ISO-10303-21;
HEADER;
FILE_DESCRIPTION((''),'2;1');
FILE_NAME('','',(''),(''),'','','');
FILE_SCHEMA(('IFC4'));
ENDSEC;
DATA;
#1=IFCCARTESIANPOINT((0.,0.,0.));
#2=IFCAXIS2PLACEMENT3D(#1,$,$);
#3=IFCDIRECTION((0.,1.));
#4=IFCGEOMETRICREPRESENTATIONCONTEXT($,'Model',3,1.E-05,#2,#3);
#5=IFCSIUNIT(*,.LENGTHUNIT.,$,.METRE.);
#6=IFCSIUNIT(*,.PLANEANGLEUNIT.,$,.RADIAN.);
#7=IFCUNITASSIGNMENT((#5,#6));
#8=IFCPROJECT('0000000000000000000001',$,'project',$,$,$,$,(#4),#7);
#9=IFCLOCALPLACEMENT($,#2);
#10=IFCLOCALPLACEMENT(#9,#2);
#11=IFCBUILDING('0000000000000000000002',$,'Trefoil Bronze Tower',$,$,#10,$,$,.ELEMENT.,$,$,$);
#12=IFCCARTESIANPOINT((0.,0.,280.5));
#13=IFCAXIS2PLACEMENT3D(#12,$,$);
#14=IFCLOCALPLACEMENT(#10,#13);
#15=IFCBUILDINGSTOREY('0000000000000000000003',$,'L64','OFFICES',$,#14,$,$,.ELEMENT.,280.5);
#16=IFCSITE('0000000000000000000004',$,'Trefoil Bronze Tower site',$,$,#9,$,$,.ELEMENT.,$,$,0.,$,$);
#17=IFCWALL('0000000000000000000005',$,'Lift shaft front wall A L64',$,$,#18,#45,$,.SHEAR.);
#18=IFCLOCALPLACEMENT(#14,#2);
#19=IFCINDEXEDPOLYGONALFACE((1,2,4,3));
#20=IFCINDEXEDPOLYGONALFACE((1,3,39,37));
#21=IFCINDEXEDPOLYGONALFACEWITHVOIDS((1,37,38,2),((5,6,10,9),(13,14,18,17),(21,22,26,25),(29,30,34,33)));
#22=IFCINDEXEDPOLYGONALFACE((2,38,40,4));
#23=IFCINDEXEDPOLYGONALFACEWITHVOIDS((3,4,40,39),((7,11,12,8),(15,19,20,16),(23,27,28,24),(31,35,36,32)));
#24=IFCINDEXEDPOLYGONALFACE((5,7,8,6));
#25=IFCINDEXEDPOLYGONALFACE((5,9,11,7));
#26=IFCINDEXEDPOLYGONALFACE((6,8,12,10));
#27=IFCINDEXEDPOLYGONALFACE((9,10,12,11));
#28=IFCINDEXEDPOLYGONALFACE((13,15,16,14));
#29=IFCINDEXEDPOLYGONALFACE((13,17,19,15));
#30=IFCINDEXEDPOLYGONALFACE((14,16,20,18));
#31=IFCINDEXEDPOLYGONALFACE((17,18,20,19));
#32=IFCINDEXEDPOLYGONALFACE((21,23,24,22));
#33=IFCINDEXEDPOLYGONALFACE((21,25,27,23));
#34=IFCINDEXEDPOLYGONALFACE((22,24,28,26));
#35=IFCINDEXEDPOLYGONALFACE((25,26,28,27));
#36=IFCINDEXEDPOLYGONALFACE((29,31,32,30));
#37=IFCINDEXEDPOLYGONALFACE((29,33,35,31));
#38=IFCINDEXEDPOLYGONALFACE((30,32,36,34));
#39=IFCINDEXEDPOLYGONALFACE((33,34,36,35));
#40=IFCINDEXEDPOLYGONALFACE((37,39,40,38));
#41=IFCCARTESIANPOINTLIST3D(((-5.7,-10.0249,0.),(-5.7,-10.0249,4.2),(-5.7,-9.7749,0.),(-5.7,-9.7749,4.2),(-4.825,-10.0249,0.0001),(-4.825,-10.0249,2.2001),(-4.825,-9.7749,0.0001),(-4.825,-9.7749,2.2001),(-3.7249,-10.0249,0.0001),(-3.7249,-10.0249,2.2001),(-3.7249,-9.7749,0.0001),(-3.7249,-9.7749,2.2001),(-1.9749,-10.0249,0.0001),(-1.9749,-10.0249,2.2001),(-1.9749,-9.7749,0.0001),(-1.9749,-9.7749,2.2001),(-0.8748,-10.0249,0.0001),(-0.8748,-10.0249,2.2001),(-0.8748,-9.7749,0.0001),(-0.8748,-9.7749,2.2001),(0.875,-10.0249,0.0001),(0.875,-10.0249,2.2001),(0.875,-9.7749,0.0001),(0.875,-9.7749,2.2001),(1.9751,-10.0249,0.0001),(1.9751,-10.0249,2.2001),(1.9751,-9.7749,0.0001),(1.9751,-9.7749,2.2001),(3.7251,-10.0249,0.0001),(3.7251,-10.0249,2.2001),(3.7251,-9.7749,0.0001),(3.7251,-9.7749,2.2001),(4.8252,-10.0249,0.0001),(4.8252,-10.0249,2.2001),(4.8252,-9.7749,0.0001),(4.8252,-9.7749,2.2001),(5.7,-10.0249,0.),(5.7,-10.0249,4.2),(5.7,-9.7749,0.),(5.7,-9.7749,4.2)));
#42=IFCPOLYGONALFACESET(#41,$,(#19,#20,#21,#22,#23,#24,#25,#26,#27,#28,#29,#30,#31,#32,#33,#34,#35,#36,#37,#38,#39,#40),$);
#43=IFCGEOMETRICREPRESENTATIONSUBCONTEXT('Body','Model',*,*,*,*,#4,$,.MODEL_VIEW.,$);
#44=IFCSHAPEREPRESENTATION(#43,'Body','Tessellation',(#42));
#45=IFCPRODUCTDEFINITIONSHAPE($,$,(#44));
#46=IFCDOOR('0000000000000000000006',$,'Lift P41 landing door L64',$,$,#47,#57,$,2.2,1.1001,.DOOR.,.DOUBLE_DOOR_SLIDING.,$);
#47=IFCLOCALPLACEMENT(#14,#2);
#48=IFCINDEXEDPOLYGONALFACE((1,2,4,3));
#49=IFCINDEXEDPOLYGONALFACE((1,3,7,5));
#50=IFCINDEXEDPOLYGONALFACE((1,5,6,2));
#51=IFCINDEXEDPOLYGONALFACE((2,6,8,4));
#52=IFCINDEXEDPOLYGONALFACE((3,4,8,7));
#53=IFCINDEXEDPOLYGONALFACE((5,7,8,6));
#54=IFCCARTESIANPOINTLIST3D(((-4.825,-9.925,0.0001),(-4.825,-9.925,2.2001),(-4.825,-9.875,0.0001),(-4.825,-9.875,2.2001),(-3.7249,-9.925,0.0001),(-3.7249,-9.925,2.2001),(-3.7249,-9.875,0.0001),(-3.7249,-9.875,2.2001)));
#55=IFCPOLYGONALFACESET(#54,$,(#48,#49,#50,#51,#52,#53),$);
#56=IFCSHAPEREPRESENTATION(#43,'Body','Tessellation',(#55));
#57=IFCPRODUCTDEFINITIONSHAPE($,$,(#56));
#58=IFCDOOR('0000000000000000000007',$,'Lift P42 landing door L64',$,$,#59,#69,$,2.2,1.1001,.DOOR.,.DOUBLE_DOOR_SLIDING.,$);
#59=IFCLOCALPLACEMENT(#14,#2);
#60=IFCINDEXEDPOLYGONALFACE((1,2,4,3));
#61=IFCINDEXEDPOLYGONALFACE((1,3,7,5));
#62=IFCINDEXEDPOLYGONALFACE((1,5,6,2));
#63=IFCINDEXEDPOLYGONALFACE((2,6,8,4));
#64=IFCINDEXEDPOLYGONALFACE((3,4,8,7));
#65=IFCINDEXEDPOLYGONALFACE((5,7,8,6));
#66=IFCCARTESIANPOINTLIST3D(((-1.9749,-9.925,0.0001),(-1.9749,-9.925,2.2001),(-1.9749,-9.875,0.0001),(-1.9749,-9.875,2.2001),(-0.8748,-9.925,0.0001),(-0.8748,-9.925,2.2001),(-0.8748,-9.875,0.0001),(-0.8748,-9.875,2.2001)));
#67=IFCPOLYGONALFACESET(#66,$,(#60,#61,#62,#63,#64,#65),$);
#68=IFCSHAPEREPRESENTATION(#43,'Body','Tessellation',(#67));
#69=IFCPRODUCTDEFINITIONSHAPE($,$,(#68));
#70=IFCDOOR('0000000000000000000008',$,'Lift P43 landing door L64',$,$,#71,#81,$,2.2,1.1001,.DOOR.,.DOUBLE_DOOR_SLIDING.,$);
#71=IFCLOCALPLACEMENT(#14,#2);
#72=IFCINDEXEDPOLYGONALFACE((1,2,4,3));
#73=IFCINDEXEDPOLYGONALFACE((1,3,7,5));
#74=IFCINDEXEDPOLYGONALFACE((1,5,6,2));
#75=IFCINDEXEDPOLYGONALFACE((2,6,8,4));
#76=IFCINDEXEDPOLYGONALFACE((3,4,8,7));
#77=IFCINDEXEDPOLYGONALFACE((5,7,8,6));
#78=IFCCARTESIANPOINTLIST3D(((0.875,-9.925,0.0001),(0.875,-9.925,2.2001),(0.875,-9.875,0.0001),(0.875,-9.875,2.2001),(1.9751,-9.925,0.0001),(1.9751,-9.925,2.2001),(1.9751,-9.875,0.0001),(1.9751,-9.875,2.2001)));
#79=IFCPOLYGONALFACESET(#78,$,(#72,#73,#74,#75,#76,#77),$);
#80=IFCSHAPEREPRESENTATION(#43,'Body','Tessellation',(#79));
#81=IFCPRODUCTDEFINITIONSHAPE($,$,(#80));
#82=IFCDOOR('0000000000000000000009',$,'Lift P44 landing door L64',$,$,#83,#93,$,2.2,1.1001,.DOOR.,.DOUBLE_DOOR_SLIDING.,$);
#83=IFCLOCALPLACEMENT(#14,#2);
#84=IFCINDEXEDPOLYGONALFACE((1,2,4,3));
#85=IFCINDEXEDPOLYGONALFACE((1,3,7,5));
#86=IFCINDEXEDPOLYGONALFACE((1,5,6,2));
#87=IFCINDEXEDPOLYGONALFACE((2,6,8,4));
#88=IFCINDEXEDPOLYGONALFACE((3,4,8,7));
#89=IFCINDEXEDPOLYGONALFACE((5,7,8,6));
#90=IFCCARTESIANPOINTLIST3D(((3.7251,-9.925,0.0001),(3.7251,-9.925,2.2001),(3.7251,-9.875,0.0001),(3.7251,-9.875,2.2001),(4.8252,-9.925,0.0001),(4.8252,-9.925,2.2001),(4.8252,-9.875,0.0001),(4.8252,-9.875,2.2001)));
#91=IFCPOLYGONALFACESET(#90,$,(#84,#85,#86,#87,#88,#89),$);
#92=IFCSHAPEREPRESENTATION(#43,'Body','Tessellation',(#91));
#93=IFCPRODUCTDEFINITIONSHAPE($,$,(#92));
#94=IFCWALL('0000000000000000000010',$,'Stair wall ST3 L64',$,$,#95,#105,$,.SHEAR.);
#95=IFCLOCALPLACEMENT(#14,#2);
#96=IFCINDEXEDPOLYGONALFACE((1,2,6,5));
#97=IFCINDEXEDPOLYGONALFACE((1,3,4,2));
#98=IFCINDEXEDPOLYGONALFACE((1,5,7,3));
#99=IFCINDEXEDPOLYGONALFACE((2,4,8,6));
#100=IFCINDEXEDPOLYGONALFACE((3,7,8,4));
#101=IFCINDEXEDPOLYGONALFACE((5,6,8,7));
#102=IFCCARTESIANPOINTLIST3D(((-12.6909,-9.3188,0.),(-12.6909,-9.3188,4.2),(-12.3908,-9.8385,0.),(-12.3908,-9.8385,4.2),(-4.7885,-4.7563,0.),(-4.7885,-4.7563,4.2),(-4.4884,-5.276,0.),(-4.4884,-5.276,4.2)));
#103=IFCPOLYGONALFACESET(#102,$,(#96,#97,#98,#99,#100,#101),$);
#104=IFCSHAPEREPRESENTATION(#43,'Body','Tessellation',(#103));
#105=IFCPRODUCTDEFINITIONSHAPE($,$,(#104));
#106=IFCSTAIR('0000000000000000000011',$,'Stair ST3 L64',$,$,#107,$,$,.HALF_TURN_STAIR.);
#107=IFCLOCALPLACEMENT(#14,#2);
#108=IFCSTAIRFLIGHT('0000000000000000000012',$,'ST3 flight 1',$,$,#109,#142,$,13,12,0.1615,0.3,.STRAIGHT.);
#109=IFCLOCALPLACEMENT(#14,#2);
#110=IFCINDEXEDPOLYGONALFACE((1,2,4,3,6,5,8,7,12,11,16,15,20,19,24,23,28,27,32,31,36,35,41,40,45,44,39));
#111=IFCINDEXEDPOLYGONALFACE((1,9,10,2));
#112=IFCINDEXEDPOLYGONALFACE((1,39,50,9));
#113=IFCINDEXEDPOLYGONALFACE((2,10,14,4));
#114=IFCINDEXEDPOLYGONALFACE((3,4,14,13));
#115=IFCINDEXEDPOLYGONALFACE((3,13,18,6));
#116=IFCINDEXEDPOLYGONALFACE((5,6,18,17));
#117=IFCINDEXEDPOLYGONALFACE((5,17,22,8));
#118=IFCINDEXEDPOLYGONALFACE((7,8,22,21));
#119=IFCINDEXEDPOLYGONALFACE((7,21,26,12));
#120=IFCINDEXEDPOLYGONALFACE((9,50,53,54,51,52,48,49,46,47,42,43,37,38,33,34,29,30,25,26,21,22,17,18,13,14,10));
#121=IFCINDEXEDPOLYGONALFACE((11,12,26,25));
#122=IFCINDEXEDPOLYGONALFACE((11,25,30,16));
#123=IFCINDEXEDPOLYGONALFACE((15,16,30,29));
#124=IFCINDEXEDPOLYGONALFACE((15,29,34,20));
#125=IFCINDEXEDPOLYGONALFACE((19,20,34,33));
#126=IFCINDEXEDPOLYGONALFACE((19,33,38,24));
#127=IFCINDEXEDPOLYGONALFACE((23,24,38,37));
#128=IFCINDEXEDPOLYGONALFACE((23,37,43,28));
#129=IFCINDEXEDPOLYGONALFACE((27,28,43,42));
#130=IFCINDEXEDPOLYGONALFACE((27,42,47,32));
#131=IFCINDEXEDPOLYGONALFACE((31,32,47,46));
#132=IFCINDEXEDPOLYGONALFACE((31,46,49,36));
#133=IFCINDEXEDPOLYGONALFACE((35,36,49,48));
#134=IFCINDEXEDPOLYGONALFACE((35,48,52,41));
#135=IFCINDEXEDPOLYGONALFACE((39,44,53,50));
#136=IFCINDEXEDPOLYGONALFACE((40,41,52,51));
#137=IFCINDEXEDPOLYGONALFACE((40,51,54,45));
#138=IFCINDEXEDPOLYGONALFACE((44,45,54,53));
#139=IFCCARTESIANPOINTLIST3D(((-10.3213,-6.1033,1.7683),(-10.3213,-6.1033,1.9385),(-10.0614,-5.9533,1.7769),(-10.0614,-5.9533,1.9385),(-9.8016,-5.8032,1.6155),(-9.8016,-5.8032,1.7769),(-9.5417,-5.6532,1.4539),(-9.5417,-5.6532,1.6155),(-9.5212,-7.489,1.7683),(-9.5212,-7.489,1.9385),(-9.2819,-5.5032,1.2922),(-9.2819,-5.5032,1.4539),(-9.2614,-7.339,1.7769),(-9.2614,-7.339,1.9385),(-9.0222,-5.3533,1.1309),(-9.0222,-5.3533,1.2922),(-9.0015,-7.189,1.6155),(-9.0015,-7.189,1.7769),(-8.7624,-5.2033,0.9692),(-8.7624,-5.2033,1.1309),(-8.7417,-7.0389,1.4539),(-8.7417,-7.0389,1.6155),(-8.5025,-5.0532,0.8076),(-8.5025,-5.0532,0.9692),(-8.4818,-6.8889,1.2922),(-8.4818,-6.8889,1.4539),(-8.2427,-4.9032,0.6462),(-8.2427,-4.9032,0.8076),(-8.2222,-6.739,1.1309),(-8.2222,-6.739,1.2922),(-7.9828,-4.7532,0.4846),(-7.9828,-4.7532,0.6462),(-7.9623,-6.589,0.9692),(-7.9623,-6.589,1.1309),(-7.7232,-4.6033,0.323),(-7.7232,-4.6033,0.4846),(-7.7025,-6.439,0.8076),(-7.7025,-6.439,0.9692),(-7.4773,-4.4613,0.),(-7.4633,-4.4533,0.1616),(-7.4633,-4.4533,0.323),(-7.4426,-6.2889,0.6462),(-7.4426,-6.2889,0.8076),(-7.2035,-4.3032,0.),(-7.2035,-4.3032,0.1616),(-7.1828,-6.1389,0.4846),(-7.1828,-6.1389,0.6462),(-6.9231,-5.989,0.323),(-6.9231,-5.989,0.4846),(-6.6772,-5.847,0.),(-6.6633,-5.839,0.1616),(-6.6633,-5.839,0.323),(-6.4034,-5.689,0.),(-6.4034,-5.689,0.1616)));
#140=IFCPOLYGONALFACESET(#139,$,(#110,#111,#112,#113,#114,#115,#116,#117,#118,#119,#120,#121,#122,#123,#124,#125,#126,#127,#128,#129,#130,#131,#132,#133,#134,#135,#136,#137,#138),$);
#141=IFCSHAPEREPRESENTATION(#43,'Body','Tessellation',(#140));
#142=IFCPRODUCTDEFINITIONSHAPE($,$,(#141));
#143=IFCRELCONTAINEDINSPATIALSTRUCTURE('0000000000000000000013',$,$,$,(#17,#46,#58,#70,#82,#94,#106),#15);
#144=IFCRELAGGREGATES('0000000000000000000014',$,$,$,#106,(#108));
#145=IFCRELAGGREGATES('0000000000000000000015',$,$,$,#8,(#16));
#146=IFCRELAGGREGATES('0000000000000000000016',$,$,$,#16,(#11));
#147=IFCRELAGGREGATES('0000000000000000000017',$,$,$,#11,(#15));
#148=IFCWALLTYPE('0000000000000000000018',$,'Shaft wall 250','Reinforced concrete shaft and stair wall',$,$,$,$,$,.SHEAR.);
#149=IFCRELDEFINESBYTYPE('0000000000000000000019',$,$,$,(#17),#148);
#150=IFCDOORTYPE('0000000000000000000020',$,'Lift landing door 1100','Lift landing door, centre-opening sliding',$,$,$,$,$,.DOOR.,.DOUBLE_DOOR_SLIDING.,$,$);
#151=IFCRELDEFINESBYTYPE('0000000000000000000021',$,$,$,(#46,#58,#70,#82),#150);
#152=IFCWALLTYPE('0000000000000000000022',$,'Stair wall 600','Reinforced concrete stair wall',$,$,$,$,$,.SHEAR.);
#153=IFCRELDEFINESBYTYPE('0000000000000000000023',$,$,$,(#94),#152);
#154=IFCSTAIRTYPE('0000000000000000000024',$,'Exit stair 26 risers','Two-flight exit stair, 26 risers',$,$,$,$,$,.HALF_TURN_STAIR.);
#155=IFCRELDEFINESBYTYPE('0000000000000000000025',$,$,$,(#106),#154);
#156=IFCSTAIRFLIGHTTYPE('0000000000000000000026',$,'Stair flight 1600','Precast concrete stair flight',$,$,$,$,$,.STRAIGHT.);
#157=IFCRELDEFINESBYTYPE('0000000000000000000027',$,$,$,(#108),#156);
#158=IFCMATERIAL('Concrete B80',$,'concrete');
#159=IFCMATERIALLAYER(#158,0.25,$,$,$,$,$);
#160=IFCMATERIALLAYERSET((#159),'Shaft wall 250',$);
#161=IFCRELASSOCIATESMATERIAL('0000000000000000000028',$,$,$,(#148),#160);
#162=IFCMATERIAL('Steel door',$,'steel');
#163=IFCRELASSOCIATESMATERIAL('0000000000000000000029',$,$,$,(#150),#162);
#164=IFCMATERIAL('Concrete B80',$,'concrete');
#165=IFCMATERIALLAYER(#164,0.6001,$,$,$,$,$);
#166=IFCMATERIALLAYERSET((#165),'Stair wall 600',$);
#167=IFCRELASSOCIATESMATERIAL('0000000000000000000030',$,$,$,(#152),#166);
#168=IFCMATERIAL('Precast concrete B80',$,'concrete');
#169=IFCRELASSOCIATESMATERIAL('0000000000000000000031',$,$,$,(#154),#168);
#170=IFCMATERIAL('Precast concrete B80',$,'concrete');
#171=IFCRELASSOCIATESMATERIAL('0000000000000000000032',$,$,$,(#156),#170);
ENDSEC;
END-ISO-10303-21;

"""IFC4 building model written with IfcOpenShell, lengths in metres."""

from ifc_helpers import new_model, si_unit, direction, frame, frame_2d, origin, place, context, subcontext, project, spatial, polyline, rectangle, outline, extrude, material, layer, layer_set, type_object, element, fill, aggregate, save


model = new_model("IFC4")

# Units and contexts
model_context = context("Model", 3, precision=1e-05, world=origin(), true_north=direction((0.0, 1.0)))
body_context = subcontext(model_context, "Body", "Model", "MODEL_VIEW")
ifc_project = project(units=[si_unit("LENGTHUNIT", "METRE"), si_unit("PLANEANGLEUNIT", "RADIAN")], contexts=[model_context])

# Site, building, storey
site_placement = place(None, origin())
site = spatial("IfcSite", under=ifc_project, at=site_placement, Name="Trefoil Bronze Tower site", CompositionType="ELEMENT", RefElevation=0.0)
building_placement = place(site_placement, origin())
building = spatial("IfcBuilding", under=site, at=building_placement, Name="Trefoil Bronze Tower", CompositionType="ELEMENT")
storey_placement = place(building_placement, frame((0.0, 0.0, 280.5)))
storey = spatial("IfcBuildingStorey", under=building, at=storey_placement, Name="L64", Description="OFFICES", CompositionType="ELEMENT", Elevation=280.5)

# Wall, openings, doors
ifc_material_1 = material(Name="Concrete B80", Category="concrete")
ifc_layer_1 = layer(ifc_material_1, 0.25)
ifc_layer_set_1 = layer_set([ifc_layer_1], Name="Shaft wall 250")
wall_type_1 = type_object("IfcWallType", Name="Shaft wall 250", Description="Reinforced concrete shaft and stair wall", PredefinedType="SHEAR", material=ifc_layer_set_1)
wall_1_placement = place(storey_placement, frame((-5.7, -9.8999, 0.0), z_axis=(0.0, 0.0, 1.0), x_axis=(1.0, 0.0, 0.0)))
wall_1 = element("IfcWall", 1, at=wall_1_placement, inside=storey, type_object=wall_type_1, Name="Lift shaft front wall A L64", PredefinedType="SHEAR", context=body_context, shape_type="SweptSolid", body=[
    extrude(rectangle(XDim=11.3999, YDim=0.25, at=frame_2d((5.7, 0.0))), origin(), (0.0, 0.0, 1.0), 4.2),
])
opening_1_placement = place(wall_1_placement, frame((0.875, 0.0, 0.0)))
opening_1 = element("IfcOpeningElement", 2, at=opening_1_placement, cuts=wall_1, PredefinedType="OPENING", context=body_context, shape_type="SweptSolid", body=[
    extrude(rectangle(XDim=1.1001, YDim=2.2, at=frame_2d((0.55, 1.1001))), frame((0.0, 0.135, 0.0), z_axis=(0.0, -1.0, 0.0), x_axis=(1.0, 0.0, 0.0)), (0.0, 0.0, 1.0), 0.27),
])
opening_2_placement = place(wall_1_placement, frame((3.7251, 0.0, 0.0)))
opening_2 = element("IfcOpeningElement", 3, at=opening_2_placement, cuts=wall_1, PredefinedType="OPENING", context=body_context, shape_type="SweptSolid", body=[
    extrude(rectangle(XDim=1.1001, YDim=2.2, at=frame_2d((0.55, 1.1001))), frame((0.0, 0.135, 0.0), z_axis=(0.0, -1.0, 0.0), x_axis=(1.0, 0.0, 0.0)), (0.0, 0.0, 1.0), 0.27),
])
opening_3_placement = place(wall_1_placement, frame((6.575, 0.0, 0.0)))
opening_3 = element("IfcOpeningElement", 4, at=opening_3_placement, cuts=wall_1, PredefinedType="OPENING", context=body_context, shape_type="SweptSolid", body=[
    extrude(rectangle(XDim=1.1001, YDim=2.2, at=frame_2d((0.55, 1.1001))), frame((0.0, 0.135, 0.0), z_axis=(0.0, -1.0, 0.0), x_axis=(1.0, 0.0, 0.0)), (0.0, 0.0, 1.0), 0.27),
])
opening_4_placement = place(wall_1_placement, frame((9.425, 0.0, 0.0)))
opening_4 = element("IfcOpeningElement", 5, at=opening_4_placement, cuts=wall_1, PredefinedType="OPENING", context=body_context, shape_type="SweptSolid", body=[
    extrude(rectangle(XDim=1.1001, YDim=2.2, at=frame_2d((0.55, 1.1001))), frame((0.0, 0.135, 0.0), z_axis=(0.0, -1.0, 0.0), x_axis=(1.0, 0.0, 0.0)), (0.0, 0.0, 1.0), 0.27),
])
ifc_material_2 = material(Name="Steel door", Category="steel")
door_type_1 = type_object("IfcDoorType", Name="Lift landing door 1100", Description="Lift landing door, centre-opening sliding", OperationType="DOUBLE_DOOR_SLIDING", PredefinedType="DOOR", material=ifc_material_2)
door_1_placement = place(opening_1_placement, origin())
door_1 = element("IfcDoor", 6, at=door_1_placement, inside=storey, type_object=door_type_1, Name="Lift P41 landing door L64", OperationType="DOUBLE_DOOR_SLIDING", OverallHeight=2.2, OverallWidth=1.1001, PredefinedType="DOOR", context=body_context, shape_type="SweptSolid", body=[
    extrude(rectangle(XDim=1.1001, YDim=2.2, at=frame_2d((0.55, 1.1001))), frame((0.0, 0.0249, 0.0), z_axis=(0.0, -1.0, 0.0), x_axis=(1.0, 0.0, 0.0)), (0.0, 0.0, 1.0), 0.05),
])
fill(opening_1, door_1)
door_2_placement = place(opening_2_placement, origin())
door_2 = element("IfcDoor", 7, at=door_2_placement, inside=storey, type_object=door_type_1, Name="Lift P42 landing door L64", OperationType="DOUBLE_DOOR_SLIDING", OverallHeight=2.2, OverallWidth=1.1001, PredefinedType="DOOR", context=body_context, shape_type="SweptSolid", body=[
    extrude(rectangle(XDim=1.1001, YDim=2.2, at=frame_2d((0.55, 1.1001))), frame((0.0, 0.0249, 0.0), z_axis=(0.0, -1.0, 0.0), x_axis=(1.0, 0.0, 0.0)), (0.0, 0.0, 1.0), 0.05),
])
fill(opening_2, door_2)
door_3_placement = place(opening_3_placement, origin())
door_3 = element("IfcDoor", 8, at=door_3_placement, inside=storey, type_object=door_type_1, Name="Lift P43 landing door L64", OperationType="DOUBLE_DOOR_SLIDING", OverallHeight=2.2, OverallWidth=1.1001, PredefinedType="DOOR", context=body_context, shape_type="SweptSolid", body=[
    extrude(rectangle(XDim=1.1001, YDim=2.2, at=frame_2d((0.55, 1.1001))), frame((0.0, 0.0249, 0.0), z_axis=(0.0, -1.0, 0.0), x_axis=(1.0, 0.0, 0.0)), (0.0, 0.0, 1.0), 0.05),
])
fill(opening_3, door_3)
door_4_placement = place(opening_4_placement, origin())
door_4 = element("IfcDoor", 9, at=door_4_placement, inside=storey, type_object=door_type_1, Name="Lift P44 landing door L64", OperationType="DOUBLE_DOOR_SLIDING", OverallHeight=2.2, OverallWidth=1.1001, PredefinedType="DOOR", context=body_context, shape_type="SweptSolid", body=[
    extrude(rectangle(XDim=1.1001, YDim=2.2, at=frame_2d((0.55, 1.1001))), frame((0.0, 0.0249, 0.0), z_axis=(0.0, -1.0, 0.0), x_axis=(1.0, 0.0, 0.0)), (0.0, 0.0, 1.0), 0.05),
])
fill(opening_4, door_4)

# Wall
ifc_material_3 = material(Name="Concrete B80", Category="concrete")
ifc_layer_2 = layer(ifc_material_3, 0.6001)
ifc_layer_set_2 = layer_set([ifc_layer_2], Name="Stair wall 600")
wall_type_2 = type_object("IfcWallType", Name="Stair wall 600", Description="Reinforced concrete stair wall", PredefinedType="SHEAR", material=ifc_layer_set_2)
wall_2_placement = place(storey_placement, frame((-4.6384, -5.0161, 0.0), z_axis=(0.0, 0.0, 1.0), x_axis=(-0.866022, -0.500007, 0.0)))
element("IfcWall", 10, at=wall_2_placement, inside=storey, type_object=wall_type_2, Name="Stair wall ST3 L64", PredefinedType="SHEAR", context=body_context, shape_type="SweptSolid", body=[
    extrude(rectangle(XDim=9.125, YDim=0.6001, at=frame_2d((4.5625, 0.0))), origin(), (0.0, 0.0, 1.0), 4.2),
])

# Stair, stair flight
ifc_material_4 = material(Name="Precast concrete B80", Category="concrete")
stair_type = type_object("IfcStairType", Name="Exit stair 26 risers", Description="Two-flight exit stair, 26 risers", PredefinedType="HALF_TURN_STAIR", material=ifc_material_4)
stair_placement = place(storey_placement, origin())
stair = element("IfcStair", 11, at=stair_placement, inside=storey, type_object=stair_type, Name="Stair ST3 L64", PredefinedType="HALF_TURN_STAIR")
ifc_material_5 = material(Name="Precast concrete B80", Category="concrete")
stair_flight_type = type_object("IfcStairFlightType", Name="Stair flight 1600", Description="Precast concrete stair flight", PredefinedType="STRAIGHT", material=ifc_material_5)
stair_flight_1_placement = place(storey_placement, frame((-6.8035, -4.9961, 0.0), z_axis=(0.0, 0.0, 1.0), x_axis=(-0.866025, -0.5, 0.0)))
stair_flight_1 = element("IfcStairFlight", 12, at=stair_flight_1_placement, type_object=stair_flight_type, Name="ST3 flight 1", NumberOfRisers=13, NumberOfTreads=12, PredefinedType="STRAIGHT", RiserHeight=0.1615, TreadLength=0.3, context=body_context, shape_type="SweptSolid", body=[
    extrude(outline(polyline([(0.0, 0.0), (0.0, 0.1616), (0.3, 0.1616), (0.3, 0.323), (0.6001, 0.323), (0.6001, 0.4846), (0.8999, 0.4846), (0.8999, 0.6462), (1.2, 0.6462), (1.2, 0.8076), (1.5, 0.8076), (1.5, 0.9692), (1.8, 0.9692), (1.8, 1.1309), (2.1001, 1.1309), (2.1001, 1.2922), (2.3999, 1.2922), (2.3999, 1.4539), (2.7, 1.4539), (2.7, 1.6155), (3.0, 1.6155), (3.0, 1.7769), (3.3, 1.7769), (3.3, 1.9385), (3.6001, 1.9385), (3.6001, 2.1001), (3.6001, 1.7683), (0.3162, 0.0), (0.0, 0.0)])), frame((0.0, 0.8, 0.0), z_axis=(0.0, -1.0, 0.0), x_axis=(1.0, 0.0, 0.0)), (0.0, 0.0, 1.0), 1.6001),
])
aggregate(stair, [stair_flight_1])

save(model, "model.ifc")
